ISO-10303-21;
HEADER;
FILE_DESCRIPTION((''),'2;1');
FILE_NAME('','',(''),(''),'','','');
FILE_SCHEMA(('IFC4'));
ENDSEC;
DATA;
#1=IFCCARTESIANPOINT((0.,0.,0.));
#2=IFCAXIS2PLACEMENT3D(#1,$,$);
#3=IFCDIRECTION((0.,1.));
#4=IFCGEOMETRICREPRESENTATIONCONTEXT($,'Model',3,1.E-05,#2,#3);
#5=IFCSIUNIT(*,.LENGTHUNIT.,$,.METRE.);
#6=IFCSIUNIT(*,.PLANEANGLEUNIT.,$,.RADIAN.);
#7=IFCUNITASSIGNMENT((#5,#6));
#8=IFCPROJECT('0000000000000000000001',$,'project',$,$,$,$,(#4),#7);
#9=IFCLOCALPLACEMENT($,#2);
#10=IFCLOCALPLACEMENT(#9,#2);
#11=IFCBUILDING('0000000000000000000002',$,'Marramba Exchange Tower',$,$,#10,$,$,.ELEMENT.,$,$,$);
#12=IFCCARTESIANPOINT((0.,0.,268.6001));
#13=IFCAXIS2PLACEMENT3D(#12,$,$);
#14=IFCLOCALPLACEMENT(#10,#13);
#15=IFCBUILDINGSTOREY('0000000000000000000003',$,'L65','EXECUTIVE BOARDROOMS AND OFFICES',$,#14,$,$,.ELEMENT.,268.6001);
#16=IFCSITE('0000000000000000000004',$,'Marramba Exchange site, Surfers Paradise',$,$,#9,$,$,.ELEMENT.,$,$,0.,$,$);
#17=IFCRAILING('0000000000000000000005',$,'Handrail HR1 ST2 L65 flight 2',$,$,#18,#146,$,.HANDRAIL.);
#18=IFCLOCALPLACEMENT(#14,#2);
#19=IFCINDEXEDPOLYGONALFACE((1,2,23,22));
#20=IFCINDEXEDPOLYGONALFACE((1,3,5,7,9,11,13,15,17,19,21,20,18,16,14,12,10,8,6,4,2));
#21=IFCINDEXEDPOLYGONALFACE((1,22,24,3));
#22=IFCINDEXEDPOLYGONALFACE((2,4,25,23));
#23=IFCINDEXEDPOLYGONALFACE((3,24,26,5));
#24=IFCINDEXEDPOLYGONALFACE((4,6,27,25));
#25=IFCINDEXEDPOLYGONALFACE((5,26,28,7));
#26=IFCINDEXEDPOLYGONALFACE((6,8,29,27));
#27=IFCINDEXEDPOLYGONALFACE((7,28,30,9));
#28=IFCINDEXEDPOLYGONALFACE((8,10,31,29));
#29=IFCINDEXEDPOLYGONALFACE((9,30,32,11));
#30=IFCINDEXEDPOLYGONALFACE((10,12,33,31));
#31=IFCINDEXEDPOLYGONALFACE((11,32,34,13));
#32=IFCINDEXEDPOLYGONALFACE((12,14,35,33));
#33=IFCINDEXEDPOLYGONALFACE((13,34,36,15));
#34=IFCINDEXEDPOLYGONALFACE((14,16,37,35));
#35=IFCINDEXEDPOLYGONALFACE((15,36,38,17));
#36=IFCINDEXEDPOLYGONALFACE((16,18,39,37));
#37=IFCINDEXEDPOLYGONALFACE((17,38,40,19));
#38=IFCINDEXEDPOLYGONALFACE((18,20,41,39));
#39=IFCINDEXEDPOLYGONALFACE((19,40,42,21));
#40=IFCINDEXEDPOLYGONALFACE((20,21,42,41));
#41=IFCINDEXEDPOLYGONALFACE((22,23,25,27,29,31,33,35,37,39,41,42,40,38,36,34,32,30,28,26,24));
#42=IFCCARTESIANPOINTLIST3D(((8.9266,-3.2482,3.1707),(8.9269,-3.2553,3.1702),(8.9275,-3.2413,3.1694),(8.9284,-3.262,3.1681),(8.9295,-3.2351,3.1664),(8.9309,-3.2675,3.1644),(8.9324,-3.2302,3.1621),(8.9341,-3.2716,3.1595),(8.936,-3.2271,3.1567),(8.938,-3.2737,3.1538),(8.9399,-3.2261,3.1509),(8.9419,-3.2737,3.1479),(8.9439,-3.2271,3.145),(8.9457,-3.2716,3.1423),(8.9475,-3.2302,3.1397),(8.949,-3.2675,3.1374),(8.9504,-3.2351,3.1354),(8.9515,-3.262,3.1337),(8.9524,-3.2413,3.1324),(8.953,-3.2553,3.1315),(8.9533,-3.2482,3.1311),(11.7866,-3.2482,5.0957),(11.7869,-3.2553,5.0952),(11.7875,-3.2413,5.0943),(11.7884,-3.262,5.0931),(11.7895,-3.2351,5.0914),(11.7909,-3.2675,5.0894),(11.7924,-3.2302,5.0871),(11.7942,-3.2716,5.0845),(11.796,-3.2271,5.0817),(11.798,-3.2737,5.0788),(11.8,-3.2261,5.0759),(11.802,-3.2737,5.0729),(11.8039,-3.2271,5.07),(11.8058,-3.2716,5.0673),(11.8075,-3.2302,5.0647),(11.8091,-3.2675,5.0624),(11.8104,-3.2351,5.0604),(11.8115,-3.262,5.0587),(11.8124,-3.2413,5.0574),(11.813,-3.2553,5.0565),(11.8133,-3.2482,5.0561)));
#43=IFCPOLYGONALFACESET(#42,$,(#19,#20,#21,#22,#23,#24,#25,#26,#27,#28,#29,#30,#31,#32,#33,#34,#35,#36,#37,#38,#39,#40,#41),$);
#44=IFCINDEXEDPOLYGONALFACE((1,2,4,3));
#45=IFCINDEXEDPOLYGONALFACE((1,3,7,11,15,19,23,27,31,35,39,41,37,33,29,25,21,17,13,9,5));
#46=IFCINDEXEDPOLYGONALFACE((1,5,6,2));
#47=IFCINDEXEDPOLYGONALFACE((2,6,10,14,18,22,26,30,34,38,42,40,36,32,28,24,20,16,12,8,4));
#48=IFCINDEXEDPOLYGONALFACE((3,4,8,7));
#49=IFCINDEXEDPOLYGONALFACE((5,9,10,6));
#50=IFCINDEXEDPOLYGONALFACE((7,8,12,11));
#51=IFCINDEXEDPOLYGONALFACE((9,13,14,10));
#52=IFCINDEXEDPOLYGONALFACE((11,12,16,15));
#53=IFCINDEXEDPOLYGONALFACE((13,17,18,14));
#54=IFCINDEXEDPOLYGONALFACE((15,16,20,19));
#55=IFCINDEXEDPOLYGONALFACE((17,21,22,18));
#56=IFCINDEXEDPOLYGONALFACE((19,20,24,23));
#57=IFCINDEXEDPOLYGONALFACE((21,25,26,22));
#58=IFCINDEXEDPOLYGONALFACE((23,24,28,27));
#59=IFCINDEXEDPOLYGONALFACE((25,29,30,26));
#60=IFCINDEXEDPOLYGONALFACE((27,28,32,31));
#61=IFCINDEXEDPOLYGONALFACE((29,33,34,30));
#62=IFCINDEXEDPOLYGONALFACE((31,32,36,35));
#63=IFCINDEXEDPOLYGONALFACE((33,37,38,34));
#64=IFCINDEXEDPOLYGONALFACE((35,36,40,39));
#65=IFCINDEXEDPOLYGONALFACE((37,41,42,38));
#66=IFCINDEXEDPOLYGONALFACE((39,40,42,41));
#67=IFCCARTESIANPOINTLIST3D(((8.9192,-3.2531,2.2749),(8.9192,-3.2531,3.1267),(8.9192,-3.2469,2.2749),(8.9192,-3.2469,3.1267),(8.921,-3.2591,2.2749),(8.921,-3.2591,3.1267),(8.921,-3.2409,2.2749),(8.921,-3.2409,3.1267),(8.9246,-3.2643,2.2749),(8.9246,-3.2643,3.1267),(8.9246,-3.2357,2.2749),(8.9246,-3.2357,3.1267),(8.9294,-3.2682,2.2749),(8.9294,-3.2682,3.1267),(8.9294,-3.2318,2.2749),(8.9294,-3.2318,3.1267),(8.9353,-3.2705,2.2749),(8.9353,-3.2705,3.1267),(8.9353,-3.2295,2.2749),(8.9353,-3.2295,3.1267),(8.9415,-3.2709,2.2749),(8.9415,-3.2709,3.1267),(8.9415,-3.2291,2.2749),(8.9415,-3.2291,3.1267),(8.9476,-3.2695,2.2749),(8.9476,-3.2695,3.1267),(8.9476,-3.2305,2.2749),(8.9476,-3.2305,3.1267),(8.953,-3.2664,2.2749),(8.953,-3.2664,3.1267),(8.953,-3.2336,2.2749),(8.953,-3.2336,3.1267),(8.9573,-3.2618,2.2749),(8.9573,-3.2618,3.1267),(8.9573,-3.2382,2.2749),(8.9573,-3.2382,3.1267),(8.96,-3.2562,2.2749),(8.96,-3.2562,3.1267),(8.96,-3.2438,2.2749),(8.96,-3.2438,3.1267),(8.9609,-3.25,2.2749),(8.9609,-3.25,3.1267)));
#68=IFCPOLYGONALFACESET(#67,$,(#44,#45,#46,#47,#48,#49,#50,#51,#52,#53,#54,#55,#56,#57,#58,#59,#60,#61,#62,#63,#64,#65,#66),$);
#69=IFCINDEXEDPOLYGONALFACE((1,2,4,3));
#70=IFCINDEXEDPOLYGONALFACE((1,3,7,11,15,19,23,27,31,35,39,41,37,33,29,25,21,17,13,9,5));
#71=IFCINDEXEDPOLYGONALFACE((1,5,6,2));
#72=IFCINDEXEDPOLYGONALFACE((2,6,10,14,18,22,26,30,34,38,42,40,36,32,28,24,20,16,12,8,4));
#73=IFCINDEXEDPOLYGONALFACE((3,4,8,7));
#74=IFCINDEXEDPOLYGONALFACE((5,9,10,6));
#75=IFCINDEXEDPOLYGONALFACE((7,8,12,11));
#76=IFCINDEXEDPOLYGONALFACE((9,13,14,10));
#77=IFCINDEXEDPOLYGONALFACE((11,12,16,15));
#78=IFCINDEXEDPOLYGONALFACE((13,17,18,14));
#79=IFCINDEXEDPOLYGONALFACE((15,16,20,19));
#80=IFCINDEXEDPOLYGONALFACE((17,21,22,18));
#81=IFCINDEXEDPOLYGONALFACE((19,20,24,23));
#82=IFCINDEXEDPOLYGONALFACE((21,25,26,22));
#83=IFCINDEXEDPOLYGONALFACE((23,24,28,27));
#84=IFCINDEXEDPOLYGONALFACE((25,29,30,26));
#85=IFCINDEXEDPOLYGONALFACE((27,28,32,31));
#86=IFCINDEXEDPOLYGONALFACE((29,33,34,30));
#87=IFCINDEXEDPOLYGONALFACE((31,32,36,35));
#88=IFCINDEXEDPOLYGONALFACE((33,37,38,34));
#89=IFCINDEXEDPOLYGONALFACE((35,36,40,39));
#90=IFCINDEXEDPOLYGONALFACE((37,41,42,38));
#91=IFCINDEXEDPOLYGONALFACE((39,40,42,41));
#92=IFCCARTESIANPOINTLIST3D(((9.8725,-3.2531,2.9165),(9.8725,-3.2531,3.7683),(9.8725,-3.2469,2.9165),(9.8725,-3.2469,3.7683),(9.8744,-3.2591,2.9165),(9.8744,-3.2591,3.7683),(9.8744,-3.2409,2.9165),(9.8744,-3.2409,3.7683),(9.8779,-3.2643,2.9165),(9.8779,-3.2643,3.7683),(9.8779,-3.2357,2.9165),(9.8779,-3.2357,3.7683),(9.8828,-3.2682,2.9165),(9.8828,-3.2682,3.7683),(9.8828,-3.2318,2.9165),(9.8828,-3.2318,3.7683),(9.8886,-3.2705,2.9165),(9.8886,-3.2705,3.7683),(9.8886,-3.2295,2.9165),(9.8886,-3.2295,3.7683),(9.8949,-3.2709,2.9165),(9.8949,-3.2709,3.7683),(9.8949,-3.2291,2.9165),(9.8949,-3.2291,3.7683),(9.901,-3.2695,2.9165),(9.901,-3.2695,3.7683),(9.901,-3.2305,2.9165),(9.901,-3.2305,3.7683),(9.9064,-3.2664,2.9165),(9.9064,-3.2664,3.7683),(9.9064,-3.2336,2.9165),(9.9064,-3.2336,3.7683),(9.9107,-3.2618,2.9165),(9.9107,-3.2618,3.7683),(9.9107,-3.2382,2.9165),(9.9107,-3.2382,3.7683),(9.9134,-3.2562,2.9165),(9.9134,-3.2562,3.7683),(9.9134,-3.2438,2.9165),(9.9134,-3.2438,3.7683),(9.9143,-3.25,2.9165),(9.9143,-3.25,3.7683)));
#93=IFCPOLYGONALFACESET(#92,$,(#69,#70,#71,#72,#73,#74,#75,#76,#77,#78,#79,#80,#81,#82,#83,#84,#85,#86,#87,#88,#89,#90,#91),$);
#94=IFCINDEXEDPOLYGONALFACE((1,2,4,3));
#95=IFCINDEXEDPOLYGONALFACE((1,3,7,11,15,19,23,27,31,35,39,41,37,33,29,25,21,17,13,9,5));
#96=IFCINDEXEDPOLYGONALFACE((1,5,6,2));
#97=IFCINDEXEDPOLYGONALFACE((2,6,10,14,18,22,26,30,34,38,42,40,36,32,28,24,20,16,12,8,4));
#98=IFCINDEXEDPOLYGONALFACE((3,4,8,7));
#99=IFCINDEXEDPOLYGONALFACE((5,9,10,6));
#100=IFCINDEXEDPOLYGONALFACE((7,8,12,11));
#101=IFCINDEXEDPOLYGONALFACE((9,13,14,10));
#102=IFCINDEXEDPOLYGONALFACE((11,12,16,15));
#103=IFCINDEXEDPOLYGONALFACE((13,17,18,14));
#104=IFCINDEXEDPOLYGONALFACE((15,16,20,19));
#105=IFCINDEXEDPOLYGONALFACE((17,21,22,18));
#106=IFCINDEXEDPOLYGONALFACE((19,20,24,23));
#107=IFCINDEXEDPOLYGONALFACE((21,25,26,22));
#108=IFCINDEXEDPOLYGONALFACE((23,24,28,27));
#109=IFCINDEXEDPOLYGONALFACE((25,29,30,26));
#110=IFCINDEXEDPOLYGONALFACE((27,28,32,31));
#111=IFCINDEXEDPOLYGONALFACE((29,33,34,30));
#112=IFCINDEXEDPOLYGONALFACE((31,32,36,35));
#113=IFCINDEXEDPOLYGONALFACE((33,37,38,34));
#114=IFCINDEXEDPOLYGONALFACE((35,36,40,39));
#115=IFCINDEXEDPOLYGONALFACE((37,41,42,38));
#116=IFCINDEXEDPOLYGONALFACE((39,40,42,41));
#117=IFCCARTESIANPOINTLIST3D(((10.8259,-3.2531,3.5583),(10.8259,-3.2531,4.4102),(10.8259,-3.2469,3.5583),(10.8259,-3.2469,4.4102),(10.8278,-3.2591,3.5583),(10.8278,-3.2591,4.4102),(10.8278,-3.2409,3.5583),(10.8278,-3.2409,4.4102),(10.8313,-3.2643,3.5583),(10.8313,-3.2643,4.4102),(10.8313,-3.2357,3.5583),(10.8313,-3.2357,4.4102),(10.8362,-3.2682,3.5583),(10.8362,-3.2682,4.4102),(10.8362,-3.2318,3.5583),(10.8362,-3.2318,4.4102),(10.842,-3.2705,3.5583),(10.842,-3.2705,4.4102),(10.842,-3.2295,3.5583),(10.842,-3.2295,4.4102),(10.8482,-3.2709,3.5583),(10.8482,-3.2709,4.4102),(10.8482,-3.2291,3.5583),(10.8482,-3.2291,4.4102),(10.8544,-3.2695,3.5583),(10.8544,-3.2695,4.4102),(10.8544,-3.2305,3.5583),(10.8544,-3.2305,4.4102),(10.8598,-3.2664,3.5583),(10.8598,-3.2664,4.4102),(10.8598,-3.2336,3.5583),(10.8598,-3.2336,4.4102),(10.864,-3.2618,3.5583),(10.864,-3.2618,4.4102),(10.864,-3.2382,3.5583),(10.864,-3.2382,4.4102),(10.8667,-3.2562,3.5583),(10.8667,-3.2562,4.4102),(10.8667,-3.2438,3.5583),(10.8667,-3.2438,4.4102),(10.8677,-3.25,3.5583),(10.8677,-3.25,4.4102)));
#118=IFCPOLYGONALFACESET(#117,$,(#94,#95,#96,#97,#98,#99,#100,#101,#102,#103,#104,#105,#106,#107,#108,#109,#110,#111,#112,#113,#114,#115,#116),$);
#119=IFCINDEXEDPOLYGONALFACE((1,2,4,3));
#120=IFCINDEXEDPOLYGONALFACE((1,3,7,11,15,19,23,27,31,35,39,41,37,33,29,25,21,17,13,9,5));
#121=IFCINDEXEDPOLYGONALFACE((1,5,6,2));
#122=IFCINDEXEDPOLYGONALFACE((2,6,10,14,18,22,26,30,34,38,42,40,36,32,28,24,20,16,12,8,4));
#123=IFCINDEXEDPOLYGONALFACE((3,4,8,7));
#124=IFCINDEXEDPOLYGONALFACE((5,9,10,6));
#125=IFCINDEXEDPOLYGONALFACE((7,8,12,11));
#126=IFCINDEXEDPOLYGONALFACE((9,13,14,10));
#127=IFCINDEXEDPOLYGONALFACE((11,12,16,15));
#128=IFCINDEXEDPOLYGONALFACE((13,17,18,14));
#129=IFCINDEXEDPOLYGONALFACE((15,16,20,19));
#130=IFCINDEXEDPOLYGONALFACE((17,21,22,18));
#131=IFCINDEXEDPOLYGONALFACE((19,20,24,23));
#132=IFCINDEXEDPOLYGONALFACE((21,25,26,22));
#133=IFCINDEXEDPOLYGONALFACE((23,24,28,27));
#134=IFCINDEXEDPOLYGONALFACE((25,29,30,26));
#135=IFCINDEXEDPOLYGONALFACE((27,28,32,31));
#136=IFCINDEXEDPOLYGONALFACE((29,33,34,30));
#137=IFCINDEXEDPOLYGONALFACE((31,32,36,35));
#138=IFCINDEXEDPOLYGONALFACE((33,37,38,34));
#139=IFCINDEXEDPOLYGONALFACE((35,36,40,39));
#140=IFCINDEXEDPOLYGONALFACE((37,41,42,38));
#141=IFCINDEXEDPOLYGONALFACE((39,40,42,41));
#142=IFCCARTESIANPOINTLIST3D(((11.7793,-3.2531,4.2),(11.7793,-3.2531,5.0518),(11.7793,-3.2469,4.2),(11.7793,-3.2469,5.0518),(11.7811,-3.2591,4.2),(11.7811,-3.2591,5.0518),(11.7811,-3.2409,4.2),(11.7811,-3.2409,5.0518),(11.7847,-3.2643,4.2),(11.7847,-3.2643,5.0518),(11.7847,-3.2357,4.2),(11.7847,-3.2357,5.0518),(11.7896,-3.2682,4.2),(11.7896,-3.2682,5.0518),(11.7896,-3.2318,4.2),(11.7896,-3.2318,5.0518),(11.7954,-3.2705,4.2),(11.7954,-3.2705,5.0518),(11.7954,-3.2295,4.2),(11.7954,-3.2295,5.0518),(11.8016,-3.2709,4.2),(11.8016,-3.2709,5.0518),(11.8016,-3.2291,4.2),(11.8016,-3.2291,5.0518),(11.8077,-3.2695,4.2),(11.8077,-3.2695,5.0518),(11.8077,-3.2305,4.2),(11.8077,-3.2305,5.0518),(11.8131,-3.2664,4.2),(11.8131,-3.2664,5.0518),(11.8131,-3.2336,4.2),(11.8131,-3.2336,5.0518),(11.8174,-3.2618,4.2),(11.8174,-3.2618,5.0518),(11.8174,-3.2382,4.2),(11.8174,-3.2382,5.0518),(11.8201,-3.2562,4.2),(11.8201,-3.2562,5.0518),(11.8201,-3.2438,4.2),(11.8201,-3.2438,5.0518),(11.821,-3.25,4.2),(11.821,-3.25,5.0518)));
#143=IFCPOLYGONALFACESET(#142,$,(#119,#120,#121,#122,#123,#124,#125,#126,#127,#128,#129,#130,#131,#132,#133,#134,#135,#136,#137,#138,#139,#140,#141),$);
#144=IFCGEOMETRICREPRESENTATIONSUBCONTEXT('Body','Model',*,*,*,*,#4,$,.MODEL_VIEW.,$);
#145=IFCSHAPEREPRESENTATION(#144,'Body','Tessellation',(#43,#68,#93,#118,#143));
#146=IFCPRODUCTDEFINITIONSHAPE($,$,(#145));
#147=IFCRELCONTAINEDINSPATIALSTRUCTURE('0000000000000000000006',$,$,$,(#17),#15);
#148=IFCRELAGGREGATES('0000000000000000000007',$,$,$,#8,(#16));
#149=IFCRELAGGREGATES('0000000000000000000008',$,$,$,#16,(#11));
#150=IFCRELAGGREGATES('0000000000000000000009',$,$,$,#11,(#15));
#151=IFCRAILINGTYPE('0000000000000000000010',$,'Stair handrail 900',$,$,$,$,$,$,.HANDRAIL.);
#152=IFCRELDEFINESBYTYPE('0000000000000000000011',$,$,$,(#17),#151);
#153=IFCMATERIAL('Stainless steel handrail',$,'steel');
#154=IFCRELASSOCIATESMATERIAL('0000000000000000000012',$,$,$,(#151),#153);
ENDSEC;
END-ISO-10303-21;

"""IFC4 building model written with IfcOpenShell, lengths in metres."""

from ifc_helpers import new_model, si_unit, direction, frame, origin, origin_2d, place, context, subcontext, project, spatial, circle, extrude, material, type_object, element, save


model = new_model("IFC4")

# Units and contexts
model_context = context("Model", 3, precision=1e-05, world=origin(), true_north=direction((0.0, 1.0)))
body_context = subcontext(model_context, "Body", "Model", "MODEL_VIEW")
ifc_project = project(units=[si_unit("LENGTHUNIT", "METRE"), si_unit("PLANEANGLEUNIT", "RADIAN")], contexts=[model_context])

# Site, building, storey
site_placement = place(None, origin())
site = spatial("IfcSite", under=ifc_project, at=site_placement, Name="Marramba Exchange site, Surfers Paradise", CompositionType="ELEMENT", RefElevation=0.0)
building_placement = place(site_placement, origin())
building = spatial("IfcBuilding", under=site, at=building_placement, Name="Marramba Exchange Tower", CompositionType="ELEMENT")
storey_placement = place(building_placement, frame((0.0, 0.0, 268.6001)))
storey = spatial("IfcBuildingStorey", under=building, at=storey_placement, Name="L65", Description="EXECUTIVE BOARDROOMS AND OFFICES", CompositionType="ELEMENT", Elevation=268.6001)

# Railing
ifc_material_1 = material(Name="Stainless steel handrail", Category="steel")
railing_type = type_object("IfcRailingType", Name="Stair handrail 900", PredefinedType="HANDRAIL", material=ifc_material_1)
railing_1_placement = place(storey_placement, frame((8.9399, -3.25, 2.2749)))
element("IfcRailing", 1, at=railing_1_placement, inside=storey, type_object=railing_type, Name="Handrail HR1 ST2 L65 flight 2", PredefinedType="HANDRAIL", context=body_context, shape_type="SweptSolid", body=[
    extrude(circle(Radius=0.0239, at=origin_2d()), frame((0.0, 0.0, 0.876), z_axis=(0.829591, 0.0, 0.558372), x_axis=(0.0, 1.0, 0.0)), (0.0, 0.0, 1.0), 3.4475),
    extrude(circle(Radius=0.021, at=origin_2d()), origin(), (0.0, 0.0, 1.0), 0.8518),
    extrude(circle(Radius=0.021, at=origin_2d()), frame((0.9534, 0.0, 0.6416)), (0.0, 0.0, 1.0), 0.8518),
    extrude(circle(Radius=0.021, at=origin_2d()), frame((1.9067, 0.0, 1.2834)), (0.0, 0.0, 1.0), 0.8518),
    extrude(circle(Radius=0.021, at=origin_2d()), frame((2.8601, 0.0, 1.925)), (0.0, 0.0, 1.0), 0.8518),
])

save(model, "model.ifc")
